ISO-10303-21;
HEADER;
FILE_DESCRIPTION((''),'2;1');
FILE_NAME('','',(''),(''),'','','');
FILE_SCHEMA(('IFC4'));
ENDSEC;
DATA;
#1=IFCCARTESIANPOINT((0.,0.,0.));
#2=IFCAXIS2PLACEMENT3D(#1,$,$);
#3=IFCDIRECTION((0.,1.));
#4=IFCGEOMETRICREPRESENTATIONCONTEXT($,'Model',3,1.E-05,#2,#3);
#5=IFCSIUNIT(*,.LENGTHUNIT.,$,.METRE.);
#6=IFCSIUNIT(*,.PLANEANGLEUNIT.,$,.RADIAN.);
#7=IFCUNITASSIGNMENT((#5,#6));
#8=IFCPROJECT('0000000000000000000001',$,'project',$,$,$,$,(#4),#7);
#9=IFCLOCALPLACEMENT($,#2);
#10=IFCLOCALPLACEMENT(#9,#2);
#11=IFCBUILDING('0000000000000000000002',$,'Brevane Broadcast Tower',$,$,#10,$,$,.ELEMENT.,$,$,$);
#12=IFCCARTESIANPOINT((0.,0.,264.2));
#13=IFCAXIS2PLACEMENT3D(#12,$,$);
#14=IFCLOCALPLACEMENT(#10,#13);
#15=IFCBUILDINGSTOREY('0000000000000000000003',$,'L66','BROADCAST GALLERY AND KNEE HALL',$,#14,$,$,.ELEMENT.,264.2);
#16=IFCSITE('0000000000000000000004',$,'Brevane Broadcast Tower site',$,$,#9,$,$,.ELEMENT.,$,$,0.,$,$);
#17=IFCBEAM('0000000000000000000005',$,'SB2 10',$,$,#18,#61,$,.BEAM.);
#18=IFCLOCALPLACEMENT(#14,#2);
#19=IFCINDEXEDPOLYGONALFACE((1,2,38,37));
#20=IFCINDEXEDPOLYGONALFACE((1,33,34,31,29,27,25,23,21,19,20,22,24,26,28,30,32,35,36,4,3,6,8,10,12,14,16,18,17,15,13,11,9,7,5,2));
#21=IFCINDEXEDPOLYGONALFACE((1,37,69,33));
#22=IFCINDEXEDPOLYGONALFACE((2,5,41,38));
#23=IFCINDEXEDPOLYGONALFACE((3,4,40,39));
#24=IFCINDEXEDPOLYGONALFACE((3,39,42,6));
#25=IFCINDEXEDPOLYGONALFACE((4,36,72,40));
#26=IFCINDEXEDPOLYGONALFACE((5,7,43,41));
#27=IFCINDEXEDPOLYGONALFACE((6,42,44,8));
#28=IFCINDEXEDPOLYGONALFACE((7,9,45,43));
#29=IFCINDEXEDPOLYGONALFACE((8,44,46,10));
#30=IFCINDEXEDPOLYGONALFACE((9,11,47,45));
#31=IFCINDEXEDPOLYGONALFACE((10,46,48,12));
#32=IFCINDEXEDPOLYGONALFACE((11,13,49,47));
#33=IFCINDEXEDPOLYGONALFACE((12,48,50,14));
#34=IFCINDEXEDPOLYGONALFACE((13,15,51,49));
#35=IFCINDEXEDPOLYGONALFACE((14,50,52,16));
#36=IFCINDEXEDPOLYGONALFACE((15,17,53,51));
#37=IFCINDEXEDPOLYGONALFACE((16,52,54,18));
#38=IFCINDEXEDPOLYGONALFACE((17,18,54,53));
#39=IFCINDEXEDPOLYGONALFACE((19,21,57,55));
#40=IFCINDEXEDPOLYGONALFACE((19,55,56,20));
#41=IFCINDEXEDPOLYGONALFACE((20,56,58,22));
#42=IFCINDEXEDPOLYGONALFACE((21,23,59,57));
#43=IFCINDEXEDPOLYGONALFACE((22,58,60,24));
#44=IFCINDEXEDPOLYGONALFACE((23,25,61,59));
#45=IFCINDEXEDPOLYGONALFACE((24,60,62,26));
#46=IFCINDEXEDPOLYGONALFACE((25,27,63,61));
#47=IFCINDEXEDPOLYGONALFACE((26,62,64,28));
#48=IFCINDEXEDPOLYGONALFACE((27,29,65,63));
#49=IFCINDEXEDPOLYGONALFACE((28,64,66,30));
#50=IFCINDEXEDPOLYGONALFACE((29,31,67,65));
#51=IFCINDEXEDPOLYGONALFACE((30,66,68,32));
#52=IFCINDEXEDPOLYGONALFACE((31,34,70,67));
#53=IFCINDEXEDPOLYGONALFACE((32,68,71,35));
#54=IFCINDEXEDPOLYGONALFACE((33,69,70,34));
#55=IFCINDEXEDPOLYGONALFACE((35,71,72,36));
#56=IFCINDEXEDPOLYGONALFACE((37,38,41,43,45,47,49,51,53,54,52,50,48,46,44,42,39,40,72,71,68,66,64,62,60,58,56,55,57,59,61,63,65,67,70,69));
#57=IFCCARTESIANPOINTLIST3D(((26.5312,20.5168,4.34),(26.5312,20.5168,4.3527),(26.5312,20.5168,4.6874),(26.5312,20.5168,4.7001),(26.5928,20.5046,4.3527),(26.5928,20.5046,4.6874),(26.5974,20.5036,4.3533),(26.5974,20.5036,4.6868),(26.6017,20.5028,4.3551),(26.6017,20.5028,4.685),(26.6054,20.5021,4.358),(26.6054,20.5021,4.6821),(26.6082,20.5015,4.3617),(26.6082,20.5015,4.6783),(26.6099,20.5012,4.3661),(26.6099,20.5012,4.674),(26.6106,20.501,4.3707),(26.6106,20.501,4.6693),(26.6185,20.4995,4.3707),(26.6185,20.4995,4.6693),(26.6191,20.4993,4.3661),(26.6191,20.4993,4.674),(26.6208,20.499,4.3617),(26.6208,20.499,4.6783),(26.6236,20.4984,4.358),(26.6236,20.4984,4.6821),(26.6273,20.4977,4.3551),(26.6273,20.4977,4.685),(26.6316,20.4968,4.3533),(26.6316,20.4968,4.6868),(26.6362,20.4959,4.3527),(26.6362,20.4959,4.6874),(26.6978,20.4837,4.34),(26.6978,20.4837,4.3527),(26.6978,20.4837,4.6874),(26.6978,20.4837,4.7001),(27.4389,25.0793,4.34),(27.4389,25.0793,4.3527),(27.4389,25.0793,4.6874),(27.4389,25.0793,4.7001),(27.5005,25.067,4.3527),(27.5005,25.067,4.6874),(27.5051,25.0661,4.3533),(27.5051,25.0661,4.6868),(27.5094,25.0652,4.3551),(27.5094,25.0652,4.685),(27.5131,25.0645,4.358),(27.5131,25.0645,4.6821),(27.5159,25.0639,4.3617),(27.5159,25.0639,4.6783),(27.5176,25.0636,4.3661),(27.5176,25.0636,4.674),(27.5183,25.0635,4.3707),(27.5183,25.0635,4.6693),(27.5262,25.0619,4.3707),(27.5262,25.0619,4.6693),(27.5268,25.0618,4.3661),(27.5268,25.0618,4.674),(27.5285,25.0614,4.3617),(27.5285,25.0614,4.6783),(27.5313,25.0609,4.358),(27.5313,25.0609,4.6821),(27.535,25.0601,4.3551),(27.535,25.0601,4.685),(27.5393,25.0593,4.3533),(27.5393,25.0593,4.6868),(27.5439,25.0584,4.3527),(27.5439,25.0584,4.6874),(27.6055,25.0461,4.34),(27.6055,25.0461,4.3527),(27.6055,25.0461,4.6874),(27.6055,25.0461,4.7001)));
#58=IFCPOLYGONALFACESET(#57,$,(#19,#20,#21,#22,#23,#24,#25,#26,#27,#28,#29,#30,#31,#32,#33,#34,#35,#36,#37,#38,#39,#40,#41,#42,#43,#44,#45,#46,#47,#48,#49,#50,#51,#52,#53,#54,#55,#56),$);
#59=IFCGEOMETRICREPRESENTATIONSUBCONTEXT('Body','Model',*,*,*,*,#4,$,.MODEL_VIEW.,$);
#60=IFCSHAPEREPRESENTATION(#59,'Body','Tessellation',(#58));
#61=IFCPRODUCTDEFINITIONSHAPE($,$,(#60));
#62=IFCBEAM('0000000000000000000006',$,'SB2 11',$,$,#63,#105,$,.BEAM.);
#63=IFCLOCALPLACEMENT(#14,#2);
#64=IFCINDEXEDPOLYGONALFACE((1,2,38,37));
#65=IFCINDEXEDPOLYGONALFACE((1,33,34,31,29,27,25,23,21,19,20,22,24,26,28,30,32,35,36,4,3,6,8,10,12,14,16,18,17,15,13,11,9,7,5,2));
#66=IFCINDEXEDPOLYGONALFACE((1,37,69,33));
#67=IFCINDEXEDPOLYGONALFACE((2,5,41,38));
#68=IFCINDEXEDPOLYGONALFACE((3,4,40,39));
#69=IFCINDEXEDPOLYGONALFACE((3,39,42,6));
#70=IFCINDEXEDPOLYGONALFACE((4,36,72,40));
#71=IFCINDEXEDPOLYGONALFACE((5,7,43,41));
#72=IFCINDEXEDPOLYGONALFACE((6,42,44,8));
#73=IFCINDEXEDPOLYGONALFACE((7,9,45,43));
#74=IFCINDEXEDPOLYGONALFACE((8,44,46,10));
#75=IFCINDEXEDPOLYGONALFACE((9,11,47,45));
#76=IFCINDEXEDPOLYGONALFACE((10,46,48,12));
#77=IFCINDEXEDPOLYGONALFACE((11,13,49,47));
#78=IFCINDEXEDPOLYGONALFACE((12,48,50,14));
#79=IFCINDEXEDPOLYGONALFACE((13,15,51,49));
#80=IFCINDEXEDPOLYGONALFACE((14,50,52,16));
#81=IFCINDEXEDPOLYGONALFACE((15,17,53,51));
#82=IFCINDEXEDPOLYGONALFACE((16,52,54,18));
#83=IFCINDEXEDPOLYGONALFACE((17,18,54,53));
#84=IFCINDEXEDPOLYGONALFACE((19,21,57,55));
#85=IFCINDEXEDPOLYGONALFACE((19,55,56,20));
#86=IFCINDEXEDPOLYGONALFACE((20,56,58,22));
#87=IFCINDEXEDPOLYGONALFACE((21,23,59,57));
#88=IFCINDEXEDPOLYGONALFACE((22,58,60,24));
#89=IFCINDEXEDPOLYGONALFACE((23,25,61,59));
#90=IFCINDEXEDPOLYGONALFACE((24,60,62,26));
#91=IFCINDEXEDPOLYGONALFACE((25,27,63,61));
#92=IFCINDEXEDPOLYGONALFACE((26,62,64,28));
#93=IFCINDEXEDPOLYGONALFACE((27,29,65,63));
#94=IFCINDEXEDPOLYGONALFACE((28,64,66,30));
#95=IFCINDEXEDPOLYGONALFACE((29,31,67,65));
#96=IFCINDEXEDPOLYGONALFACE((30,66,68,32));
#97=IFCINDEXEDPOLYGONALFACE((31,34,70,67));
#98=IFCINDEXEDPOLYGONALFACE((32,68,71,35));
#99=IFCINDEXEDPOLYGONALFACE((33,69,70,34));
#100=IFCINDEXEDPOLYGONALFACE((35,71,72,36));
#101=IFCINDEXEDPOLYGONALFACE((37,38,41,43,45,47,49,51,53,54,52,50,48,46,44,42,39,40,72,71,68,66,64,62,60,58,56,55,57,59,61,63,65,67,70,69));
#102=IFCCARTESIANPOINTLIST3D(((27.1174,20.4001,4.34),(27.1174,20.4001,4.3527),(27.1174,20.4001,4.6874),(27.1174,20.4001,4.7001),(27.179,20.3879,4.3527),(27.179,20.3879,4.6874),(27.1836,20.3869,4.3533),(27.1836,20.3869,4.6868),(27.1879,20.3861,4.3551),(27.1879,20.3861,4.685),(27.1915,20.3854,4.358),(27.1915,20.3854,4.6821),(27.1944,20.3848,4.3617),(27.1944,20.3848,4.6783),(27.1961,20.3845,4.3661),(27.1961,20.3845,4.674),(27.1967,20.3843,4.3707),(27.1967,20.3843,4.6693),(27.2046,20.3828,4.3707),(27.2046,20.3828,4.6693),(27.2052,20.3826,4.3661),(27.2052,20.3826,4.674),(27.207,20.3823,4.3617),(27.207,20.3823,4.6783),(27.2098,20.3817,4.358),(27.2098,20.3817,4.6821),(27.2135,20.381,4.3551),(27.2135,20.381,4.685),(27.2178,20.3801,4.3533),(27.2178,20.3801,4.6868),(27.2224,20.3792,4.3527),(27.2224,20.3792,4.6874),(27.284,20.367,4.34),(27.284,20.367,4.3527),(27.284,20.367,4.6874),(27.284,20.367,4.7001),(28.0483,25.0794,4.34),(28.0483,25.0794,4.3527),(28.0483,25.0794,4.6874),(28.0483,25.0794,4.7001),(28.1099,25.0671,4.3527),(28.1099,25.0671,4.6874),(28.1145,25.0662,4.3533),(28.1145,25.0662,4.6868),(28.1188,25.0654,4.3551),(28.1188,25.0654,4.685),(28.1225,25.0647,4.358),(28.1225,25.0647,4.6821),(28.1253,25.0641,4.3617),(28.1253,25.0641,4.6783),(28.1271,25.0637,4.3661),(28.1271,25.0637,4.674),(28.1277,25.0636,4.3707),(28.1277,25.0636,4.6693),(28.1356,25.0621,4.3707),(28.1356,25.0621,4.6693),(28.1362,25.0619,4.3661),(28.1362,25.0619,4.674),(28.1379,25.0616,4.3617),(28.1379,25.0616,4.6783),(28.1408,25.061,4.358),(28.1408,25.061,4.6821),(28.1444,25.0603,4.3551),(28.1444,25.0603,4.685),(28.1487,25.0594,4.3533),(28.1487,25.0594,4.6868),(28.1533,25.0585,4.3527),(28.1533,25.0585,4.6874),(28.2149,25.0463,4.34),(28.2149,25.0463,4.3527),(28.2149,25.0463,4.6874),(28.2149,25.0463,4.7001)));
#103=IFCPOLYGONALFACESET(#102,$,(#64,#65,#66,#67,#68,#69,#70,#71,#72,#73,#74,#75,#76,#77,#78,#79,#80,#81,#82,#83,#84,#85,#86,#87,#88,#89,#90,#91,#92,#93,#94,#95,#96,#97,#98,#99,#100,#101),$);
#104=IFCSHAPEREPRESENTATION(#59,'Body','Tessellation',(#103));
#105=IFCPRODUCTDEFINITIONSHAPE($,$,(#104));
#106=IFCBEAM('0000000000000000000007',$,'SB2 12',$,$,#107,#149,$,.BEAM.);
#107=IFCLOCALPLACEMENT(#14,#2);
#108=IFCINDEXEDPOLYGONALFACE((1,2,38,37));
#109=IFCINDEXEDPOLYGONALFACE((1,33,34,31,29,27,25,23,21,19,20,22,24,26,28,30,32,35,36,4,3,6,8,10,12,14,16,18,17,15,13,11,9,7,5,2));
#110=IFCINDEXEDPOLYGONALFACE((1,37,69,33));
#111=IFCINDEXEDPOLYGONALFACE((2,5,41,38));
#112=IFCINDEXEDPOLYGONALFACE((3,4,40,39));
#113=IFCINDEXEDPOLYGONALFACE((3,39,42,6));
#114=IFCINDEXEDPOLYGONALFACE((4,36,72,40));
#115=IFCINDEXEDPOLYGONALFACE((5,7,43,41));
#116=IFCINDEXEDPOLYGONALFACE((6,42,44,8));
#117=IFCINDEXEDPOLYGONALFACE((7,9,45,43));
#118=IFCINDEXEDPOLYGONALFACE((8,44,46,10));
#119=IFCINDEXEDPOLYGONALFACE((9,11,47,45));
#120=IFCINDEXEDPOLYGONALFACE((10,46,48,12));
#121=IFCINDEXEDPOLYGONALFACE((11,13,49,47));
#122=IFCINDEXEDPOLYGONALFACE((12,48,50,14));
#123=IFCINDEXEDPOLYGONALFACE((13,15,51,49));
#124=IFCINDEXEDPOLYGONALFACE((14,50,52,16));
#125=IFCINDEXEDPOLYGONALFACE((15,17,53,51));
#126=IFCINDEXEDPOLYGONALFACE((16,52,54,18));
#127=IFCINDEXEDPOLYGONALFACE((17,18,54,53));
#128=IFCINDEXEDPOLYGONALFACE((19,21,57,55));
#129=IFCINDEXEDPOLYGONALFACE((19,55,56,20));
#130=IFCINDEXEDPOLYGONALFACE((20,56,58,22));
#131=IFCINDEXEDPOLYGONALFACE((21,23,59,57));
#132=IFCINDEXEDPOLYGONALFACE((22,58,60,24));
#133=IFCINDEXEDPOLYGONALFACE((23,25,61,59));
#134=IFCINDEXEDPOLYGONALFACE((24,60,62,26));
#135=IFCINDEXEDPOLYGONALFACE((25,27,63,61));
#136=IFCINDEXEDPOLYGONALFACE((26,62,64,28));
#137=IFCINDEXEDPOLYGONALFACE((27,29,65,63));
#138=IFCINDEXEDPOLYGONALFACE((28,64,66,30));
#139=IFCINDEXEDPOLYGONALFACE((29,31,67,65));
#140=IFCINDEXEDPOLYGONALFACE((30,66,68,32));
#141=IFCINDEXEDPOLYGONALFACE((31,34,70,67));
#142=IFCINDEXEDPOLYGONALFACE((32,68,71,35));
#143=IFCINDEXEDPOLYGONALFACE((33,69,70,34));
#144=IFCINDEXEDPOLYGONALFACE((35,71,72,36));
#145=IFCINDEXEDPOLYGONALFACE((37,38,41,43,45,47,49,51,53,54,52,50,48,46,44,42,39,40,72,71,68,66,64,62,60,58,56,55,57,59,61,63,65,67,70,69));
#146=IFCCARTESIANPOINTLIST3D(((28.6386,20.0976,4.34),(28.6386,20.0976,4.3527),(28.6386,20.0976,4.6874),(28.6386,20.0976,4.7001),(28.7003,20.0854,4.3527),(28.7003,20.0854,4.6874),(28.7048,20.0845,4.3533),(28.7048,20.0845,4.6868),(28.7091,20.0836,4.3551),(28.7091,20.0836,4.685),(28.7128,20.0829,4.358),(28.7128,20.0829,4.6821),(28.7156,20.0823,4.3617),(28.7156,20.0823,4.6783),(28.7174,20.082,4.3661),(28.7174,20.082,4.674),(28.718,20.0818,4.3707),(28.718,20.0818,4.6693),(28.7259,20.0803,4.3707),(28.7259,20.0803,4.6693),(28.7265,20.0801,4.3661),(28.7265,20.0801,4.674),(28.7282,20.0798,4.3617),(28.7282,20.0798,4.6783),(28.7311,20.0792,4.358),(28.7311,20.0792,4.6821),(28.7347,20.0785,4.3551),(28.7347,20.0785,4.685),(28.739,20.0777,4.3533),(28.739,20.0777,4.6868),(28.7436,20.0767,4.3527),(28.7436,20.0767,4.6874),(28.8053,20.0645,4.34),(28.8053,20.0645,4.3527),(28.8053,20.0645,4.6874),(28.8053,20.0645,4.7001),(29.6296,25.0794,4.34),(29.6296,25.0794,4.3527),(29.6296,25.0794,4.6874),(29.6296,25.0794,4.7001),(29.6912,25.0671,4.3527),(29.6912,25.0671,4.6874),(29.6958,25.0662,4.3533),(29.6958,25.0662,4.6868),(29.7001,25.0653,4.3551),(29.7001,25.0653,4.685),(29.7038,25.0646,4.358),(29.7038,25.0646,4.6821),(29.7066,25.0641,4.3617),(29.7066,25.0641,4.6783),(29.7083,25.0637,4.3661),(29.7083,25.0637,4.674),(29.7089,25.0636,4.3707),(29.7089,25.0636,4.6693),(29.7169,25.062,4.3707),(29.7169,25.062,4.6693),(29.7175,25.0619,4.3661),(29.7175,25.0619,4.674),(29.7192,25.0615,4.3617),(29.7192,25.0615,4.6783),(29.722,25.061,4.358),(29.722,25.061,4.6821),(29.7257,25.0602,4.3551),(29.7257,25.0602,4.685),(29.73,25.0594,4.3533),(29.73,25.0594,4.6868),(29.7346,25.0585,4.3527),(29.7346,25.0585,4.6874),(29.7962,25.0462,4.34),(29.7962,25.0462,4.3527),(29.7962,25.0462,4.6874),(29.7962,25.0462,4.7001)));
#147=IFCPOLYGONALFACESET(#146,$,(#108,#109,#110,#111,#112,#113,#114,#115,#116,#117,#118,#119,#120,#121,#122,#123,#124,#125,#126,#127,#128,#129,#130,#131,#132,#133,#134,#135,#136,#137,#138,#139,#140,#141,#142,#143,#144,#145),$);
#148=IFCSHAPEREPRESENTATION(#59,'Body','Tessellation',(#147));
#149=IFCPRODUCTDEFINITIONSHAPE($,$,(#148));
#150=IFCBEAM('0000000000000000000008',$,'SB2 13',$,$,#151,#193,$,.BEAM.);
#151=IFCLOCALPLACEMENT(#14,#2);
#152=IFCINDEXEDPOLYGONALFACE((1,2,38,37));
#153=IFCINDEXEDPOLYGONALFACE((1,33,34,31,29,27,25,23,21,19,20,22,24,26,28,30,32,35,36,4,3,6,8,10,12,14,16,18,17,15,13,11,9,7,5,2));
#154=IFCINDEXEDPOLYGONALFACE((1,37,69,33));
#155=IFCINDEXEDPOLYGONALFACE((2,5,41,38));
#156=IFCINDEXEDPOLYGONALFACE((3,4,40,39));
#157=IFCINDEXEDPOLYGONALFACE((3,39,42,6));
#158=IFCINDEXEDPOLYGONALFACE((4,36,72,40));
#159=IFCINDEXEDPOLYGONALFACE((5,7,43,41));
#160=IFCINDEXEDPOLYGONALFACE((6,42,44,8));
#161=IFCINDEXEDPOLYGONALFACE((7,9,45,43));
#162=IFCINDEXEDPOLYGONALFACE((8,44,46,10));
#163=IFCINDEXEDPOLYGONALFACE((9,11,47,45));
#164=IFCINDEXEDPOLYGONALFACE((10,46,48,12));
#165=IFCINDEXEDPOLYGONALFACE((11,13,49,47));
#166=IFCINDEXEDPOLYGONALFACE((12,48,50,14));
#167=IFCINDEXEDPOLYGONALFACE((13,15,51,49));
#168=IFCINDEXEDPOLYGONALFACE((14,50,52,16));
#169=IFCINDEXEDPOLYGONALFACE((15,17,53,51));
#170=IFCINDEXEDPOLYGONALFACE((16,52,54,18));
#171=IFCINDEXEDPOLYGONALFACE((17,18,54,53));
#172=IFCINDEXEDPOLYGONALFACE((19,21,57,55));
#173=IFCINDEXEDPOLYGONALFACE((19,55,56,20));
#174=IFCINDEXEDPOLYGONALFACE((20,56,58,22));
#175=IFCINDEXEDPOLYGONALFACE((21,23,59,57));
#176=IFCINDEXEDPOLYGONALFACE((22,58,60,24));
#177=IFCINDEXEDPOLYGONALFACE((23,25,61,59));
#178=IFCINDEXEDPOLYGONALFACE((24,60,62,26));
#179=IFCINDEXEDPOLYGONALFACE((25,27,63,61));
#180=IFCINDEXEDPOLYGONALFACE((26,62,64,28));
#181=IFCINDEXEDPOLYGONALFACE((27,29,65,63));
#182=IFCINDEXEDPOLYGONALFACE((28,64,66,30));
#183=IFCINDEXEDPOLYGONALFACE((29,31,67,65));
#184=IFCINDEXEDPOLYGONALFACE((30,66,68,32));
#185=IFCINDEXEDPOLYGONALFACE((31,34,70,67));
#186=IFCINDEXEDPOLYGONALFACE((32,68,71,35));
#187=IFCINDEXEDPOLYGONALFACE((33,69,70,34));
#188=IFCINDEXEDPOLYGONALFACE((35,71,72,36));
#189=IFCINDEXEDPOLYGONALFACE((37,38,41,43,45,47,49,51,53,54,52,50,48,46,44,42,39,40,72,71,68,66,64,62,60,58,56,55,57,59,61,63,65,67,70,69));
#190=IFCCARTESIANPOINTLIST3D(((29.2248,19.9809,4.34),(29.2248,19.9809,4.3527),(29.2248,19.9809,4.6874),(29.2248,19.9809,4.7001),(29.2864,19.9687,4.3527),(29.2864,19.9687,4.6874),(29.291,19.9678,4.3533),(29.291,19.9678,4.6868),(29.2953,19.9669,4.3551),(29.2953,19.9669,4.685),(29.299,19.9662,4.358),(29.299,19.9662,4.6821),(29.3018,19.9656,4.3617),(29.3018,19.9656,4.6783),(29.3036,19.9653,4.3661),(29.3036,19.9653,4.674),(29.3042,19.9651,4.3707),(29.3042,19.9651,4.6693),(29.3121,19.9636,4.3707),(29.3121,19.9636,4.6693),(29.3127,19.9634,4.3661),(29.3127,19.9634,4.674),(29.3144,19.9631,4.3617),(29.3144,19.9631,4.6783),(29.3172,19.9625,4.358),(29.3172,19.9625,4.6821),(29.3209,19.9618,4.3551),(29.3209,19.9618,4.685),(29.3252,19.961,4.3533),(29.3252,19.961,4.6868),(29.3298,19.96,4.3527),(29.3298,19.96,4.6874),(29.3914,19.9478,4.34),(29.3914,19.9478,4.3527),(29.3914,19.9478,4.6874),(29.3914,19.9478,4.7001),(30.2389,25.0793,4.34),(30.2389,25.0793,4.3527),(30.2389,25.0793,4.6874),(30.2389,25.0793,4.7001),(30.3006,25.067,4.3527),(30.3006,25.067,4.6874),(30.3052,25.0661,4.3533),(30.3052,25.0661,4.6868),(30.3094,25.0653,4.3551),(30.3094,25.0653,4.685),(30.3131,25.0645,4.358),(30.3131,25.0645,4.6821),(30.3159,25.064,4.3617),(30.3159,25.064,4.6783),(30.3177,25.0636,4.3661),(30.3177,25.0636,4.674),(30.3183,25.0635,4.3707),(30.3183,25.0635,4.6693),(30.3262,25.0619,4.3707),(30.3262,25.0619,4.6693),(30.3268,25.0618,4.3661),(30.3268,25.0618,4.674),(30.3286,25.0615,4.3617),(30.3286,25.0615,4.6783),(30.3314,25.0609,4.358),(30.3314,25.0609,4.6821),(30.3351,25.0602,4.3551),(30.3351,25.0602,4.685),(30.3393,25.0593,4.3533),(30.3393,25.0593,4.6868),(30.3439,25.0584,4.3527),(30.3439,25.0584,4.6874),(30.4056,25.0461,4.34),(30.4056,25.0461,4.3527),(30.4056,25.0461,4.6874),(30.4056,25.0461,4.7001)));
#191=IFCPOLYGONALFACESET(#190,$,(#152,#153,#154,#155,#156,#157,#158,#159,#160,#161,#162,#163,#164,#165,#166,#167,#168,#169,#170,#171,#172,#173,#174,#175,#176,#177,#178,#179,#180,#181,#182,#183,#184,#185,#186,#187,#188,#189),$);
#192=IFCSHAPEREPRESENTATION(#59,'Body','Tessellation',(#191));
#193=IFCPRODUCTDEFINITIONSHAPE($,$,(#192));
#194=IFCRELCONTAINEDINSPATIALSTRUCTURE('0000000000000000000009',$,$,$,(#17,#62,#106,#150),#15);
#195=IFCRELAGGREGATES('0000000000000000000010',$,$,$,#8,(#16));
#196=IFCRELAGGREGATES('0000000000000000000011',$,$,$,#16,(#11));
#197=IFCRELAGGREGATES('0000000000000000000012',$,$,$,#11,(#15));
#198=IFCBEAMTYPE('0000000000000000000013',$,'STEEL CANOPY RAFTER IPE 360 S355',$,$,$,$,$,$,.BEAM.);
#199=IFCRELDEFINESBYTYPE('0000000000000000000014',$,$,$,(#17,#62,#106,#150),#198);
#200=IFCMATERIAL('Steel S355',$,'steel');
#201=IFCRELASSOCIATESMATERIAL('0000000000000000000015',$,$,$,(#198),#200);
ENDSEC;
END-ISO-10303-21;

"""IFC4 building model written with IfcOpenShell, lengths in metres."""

from ifc_helpers import new_model, si_unit, direction, frame, origin, origin_2d, place, context, subcontext, project, spatial, i_section, extrude, material, material_profile, profile_set, type_object, element, save


model = new_model("IFC4")

# Units and contexts
model_context = context("Model", 3, precision=1e-05, world=origin(), true_north=direction((0.0, 1.0)))
body_context = subcontext(model_context, "Body", "Model", "MODEL_VIEW")
ifc_project = project(units=[si_unit("LENGTHUNIT", "METRE"), si_unit("PLANEANGLEUNIT", "RADIAN")], contexts=[model_context])

# Site, building, storey
site_placement = place(None, origin())
site = spatial("IfcSite", under=ifc_project, at=site_placement, Name="Brevane Broadcast Tower site", CompositionType="ELEMENT", RefElevation=0.0)
building_placement = place(site_placement, origin())
building = spatial("IfcBuilding", under=site, at=building_placement, Name="Brevane Broadcast Tower", CompositionType="ELEMENT")
storey_placement = place(building_placement, frame((0.0, 0.0, 264.2)))
storey = spatial("IfcBuildingStorey", under=building, at=storey_placement, Name="L66", Description="BROADCAST GALLERY AND KNEE HALL", CompositionType="ELEMENT", Elevation=264.2)

# Shared definitions
ifc_material_1 = material(Name="Steel S355", Category="steel")

# Beams
ifc_material_profile_1 = material_profile(ifc_material_1, i_section(OverallWidth=0.1699, OverallDepth=0.3601, WebThickness=0.0081, FlangeThickness=0.0127, FilletRadius=0.0181, at=origin_2d()), Name="IPE 360")
ifc_profile_set_1 = profile_set([ifc_material_profile_1], Name="Steel S355")
beam_type_1 = type_object("IfcBeamType", Name="STEEL CANOPY RAFTER IPE 360 S355", PredefinedType="BEAM", material=ifc_profile_set_1)
beam_1_placement = place(storey_placement, frame((26.6145, 20.5002, 4.52), z_axis=(0.195127, 0.980778, 0.0), x_axis=(-0.980778, 0.195127, 0.0)))
element("IfcBeam", 1, at=beam_1_placement, inside=storey, type_object=beam_type_1, Name="SB2 10", PredefinedType="BEAM", context=body_context, shape_type="SweptSolid", body=[
    extrude(i_section(OverallWidth=0.1699, OverallDepth=0.3601, WebThickness=0.0081, FlangeThickness=0.0127, FilletRadius=0.0181, at=origin_2d()), origin(), (0.0, 0.0, 1.0), 4.6519),
])
beam_2_placement = place(storey_placement, frame((27.2007, 20.3835, 4.52), z_axis=(0.195122, 0.980779, 0.0), x_axis=(-0.980779, 0.195122, 0.0)))
element("IfcBeam", 2, at=beam_2_placement, inside=storey, type_object=beam_type_1, Name="SB2 11", PredefinedType="BEAM", context=body_context, shape_type="SweptSolid", body=[
    extrude(i_section(OverallWidth=0.1699, OverallDepth=0.3601, WebThickness=0.0081, FlangeThickness=0.0127, FilletRadius=0.0181, at=origin_2d()), origin(), (0.0, 0.0, 1.0), 4.771),
])
beam_3_placement = place(storey_placement, frame((28.7219, 20.0811, 4.52), z_axis=(0.195099, 0.980784, 0.0), x_axis=(-0.980784, 0.195099, 0.0)))
element("IfcBeam", 3, at=beam_3_placement, inside=storey, type_object=beam_type_1, Name="SB2 12", PredefinedType="BEAM", context=body_context, shape_type="SweptSolid", body=[
    extrude(i_section(OverallWidth=0.1699, OverallDepth=0.3601, WebThickness=0.0081, FlangeThickness=0.0127, FilletRadius=0.0181, at=origin_2d()), origin(), (0.0, 0.0, 1.0), 5.0793),
])
beam_4_placement = place(storey_placement, frame((29.3081, 19.9644, 4.52), z_axis=(0.195095, 0.980784, 0.0), x_axis=(-0.980784, 0.195095, 0.0)))
element("IfcBeam", 4, at=beam_4_placement, inside=storey, type_object=beam_type_1, Name="SB2 13", PredefinedType="BEAM", context=body_context, shape_type="SweptSolid", body=[
    extrude(i_section(OverallWidth=0.1699, OverallDepth=0.3601, WebThickness=0.0081, FlangeThickness=0.0127, FilletRadius=0.0181, at=origin_2d()), origin(), (0.0, 0.0, 1.0), 5.1982),
])

save(model, "model.ifc")
